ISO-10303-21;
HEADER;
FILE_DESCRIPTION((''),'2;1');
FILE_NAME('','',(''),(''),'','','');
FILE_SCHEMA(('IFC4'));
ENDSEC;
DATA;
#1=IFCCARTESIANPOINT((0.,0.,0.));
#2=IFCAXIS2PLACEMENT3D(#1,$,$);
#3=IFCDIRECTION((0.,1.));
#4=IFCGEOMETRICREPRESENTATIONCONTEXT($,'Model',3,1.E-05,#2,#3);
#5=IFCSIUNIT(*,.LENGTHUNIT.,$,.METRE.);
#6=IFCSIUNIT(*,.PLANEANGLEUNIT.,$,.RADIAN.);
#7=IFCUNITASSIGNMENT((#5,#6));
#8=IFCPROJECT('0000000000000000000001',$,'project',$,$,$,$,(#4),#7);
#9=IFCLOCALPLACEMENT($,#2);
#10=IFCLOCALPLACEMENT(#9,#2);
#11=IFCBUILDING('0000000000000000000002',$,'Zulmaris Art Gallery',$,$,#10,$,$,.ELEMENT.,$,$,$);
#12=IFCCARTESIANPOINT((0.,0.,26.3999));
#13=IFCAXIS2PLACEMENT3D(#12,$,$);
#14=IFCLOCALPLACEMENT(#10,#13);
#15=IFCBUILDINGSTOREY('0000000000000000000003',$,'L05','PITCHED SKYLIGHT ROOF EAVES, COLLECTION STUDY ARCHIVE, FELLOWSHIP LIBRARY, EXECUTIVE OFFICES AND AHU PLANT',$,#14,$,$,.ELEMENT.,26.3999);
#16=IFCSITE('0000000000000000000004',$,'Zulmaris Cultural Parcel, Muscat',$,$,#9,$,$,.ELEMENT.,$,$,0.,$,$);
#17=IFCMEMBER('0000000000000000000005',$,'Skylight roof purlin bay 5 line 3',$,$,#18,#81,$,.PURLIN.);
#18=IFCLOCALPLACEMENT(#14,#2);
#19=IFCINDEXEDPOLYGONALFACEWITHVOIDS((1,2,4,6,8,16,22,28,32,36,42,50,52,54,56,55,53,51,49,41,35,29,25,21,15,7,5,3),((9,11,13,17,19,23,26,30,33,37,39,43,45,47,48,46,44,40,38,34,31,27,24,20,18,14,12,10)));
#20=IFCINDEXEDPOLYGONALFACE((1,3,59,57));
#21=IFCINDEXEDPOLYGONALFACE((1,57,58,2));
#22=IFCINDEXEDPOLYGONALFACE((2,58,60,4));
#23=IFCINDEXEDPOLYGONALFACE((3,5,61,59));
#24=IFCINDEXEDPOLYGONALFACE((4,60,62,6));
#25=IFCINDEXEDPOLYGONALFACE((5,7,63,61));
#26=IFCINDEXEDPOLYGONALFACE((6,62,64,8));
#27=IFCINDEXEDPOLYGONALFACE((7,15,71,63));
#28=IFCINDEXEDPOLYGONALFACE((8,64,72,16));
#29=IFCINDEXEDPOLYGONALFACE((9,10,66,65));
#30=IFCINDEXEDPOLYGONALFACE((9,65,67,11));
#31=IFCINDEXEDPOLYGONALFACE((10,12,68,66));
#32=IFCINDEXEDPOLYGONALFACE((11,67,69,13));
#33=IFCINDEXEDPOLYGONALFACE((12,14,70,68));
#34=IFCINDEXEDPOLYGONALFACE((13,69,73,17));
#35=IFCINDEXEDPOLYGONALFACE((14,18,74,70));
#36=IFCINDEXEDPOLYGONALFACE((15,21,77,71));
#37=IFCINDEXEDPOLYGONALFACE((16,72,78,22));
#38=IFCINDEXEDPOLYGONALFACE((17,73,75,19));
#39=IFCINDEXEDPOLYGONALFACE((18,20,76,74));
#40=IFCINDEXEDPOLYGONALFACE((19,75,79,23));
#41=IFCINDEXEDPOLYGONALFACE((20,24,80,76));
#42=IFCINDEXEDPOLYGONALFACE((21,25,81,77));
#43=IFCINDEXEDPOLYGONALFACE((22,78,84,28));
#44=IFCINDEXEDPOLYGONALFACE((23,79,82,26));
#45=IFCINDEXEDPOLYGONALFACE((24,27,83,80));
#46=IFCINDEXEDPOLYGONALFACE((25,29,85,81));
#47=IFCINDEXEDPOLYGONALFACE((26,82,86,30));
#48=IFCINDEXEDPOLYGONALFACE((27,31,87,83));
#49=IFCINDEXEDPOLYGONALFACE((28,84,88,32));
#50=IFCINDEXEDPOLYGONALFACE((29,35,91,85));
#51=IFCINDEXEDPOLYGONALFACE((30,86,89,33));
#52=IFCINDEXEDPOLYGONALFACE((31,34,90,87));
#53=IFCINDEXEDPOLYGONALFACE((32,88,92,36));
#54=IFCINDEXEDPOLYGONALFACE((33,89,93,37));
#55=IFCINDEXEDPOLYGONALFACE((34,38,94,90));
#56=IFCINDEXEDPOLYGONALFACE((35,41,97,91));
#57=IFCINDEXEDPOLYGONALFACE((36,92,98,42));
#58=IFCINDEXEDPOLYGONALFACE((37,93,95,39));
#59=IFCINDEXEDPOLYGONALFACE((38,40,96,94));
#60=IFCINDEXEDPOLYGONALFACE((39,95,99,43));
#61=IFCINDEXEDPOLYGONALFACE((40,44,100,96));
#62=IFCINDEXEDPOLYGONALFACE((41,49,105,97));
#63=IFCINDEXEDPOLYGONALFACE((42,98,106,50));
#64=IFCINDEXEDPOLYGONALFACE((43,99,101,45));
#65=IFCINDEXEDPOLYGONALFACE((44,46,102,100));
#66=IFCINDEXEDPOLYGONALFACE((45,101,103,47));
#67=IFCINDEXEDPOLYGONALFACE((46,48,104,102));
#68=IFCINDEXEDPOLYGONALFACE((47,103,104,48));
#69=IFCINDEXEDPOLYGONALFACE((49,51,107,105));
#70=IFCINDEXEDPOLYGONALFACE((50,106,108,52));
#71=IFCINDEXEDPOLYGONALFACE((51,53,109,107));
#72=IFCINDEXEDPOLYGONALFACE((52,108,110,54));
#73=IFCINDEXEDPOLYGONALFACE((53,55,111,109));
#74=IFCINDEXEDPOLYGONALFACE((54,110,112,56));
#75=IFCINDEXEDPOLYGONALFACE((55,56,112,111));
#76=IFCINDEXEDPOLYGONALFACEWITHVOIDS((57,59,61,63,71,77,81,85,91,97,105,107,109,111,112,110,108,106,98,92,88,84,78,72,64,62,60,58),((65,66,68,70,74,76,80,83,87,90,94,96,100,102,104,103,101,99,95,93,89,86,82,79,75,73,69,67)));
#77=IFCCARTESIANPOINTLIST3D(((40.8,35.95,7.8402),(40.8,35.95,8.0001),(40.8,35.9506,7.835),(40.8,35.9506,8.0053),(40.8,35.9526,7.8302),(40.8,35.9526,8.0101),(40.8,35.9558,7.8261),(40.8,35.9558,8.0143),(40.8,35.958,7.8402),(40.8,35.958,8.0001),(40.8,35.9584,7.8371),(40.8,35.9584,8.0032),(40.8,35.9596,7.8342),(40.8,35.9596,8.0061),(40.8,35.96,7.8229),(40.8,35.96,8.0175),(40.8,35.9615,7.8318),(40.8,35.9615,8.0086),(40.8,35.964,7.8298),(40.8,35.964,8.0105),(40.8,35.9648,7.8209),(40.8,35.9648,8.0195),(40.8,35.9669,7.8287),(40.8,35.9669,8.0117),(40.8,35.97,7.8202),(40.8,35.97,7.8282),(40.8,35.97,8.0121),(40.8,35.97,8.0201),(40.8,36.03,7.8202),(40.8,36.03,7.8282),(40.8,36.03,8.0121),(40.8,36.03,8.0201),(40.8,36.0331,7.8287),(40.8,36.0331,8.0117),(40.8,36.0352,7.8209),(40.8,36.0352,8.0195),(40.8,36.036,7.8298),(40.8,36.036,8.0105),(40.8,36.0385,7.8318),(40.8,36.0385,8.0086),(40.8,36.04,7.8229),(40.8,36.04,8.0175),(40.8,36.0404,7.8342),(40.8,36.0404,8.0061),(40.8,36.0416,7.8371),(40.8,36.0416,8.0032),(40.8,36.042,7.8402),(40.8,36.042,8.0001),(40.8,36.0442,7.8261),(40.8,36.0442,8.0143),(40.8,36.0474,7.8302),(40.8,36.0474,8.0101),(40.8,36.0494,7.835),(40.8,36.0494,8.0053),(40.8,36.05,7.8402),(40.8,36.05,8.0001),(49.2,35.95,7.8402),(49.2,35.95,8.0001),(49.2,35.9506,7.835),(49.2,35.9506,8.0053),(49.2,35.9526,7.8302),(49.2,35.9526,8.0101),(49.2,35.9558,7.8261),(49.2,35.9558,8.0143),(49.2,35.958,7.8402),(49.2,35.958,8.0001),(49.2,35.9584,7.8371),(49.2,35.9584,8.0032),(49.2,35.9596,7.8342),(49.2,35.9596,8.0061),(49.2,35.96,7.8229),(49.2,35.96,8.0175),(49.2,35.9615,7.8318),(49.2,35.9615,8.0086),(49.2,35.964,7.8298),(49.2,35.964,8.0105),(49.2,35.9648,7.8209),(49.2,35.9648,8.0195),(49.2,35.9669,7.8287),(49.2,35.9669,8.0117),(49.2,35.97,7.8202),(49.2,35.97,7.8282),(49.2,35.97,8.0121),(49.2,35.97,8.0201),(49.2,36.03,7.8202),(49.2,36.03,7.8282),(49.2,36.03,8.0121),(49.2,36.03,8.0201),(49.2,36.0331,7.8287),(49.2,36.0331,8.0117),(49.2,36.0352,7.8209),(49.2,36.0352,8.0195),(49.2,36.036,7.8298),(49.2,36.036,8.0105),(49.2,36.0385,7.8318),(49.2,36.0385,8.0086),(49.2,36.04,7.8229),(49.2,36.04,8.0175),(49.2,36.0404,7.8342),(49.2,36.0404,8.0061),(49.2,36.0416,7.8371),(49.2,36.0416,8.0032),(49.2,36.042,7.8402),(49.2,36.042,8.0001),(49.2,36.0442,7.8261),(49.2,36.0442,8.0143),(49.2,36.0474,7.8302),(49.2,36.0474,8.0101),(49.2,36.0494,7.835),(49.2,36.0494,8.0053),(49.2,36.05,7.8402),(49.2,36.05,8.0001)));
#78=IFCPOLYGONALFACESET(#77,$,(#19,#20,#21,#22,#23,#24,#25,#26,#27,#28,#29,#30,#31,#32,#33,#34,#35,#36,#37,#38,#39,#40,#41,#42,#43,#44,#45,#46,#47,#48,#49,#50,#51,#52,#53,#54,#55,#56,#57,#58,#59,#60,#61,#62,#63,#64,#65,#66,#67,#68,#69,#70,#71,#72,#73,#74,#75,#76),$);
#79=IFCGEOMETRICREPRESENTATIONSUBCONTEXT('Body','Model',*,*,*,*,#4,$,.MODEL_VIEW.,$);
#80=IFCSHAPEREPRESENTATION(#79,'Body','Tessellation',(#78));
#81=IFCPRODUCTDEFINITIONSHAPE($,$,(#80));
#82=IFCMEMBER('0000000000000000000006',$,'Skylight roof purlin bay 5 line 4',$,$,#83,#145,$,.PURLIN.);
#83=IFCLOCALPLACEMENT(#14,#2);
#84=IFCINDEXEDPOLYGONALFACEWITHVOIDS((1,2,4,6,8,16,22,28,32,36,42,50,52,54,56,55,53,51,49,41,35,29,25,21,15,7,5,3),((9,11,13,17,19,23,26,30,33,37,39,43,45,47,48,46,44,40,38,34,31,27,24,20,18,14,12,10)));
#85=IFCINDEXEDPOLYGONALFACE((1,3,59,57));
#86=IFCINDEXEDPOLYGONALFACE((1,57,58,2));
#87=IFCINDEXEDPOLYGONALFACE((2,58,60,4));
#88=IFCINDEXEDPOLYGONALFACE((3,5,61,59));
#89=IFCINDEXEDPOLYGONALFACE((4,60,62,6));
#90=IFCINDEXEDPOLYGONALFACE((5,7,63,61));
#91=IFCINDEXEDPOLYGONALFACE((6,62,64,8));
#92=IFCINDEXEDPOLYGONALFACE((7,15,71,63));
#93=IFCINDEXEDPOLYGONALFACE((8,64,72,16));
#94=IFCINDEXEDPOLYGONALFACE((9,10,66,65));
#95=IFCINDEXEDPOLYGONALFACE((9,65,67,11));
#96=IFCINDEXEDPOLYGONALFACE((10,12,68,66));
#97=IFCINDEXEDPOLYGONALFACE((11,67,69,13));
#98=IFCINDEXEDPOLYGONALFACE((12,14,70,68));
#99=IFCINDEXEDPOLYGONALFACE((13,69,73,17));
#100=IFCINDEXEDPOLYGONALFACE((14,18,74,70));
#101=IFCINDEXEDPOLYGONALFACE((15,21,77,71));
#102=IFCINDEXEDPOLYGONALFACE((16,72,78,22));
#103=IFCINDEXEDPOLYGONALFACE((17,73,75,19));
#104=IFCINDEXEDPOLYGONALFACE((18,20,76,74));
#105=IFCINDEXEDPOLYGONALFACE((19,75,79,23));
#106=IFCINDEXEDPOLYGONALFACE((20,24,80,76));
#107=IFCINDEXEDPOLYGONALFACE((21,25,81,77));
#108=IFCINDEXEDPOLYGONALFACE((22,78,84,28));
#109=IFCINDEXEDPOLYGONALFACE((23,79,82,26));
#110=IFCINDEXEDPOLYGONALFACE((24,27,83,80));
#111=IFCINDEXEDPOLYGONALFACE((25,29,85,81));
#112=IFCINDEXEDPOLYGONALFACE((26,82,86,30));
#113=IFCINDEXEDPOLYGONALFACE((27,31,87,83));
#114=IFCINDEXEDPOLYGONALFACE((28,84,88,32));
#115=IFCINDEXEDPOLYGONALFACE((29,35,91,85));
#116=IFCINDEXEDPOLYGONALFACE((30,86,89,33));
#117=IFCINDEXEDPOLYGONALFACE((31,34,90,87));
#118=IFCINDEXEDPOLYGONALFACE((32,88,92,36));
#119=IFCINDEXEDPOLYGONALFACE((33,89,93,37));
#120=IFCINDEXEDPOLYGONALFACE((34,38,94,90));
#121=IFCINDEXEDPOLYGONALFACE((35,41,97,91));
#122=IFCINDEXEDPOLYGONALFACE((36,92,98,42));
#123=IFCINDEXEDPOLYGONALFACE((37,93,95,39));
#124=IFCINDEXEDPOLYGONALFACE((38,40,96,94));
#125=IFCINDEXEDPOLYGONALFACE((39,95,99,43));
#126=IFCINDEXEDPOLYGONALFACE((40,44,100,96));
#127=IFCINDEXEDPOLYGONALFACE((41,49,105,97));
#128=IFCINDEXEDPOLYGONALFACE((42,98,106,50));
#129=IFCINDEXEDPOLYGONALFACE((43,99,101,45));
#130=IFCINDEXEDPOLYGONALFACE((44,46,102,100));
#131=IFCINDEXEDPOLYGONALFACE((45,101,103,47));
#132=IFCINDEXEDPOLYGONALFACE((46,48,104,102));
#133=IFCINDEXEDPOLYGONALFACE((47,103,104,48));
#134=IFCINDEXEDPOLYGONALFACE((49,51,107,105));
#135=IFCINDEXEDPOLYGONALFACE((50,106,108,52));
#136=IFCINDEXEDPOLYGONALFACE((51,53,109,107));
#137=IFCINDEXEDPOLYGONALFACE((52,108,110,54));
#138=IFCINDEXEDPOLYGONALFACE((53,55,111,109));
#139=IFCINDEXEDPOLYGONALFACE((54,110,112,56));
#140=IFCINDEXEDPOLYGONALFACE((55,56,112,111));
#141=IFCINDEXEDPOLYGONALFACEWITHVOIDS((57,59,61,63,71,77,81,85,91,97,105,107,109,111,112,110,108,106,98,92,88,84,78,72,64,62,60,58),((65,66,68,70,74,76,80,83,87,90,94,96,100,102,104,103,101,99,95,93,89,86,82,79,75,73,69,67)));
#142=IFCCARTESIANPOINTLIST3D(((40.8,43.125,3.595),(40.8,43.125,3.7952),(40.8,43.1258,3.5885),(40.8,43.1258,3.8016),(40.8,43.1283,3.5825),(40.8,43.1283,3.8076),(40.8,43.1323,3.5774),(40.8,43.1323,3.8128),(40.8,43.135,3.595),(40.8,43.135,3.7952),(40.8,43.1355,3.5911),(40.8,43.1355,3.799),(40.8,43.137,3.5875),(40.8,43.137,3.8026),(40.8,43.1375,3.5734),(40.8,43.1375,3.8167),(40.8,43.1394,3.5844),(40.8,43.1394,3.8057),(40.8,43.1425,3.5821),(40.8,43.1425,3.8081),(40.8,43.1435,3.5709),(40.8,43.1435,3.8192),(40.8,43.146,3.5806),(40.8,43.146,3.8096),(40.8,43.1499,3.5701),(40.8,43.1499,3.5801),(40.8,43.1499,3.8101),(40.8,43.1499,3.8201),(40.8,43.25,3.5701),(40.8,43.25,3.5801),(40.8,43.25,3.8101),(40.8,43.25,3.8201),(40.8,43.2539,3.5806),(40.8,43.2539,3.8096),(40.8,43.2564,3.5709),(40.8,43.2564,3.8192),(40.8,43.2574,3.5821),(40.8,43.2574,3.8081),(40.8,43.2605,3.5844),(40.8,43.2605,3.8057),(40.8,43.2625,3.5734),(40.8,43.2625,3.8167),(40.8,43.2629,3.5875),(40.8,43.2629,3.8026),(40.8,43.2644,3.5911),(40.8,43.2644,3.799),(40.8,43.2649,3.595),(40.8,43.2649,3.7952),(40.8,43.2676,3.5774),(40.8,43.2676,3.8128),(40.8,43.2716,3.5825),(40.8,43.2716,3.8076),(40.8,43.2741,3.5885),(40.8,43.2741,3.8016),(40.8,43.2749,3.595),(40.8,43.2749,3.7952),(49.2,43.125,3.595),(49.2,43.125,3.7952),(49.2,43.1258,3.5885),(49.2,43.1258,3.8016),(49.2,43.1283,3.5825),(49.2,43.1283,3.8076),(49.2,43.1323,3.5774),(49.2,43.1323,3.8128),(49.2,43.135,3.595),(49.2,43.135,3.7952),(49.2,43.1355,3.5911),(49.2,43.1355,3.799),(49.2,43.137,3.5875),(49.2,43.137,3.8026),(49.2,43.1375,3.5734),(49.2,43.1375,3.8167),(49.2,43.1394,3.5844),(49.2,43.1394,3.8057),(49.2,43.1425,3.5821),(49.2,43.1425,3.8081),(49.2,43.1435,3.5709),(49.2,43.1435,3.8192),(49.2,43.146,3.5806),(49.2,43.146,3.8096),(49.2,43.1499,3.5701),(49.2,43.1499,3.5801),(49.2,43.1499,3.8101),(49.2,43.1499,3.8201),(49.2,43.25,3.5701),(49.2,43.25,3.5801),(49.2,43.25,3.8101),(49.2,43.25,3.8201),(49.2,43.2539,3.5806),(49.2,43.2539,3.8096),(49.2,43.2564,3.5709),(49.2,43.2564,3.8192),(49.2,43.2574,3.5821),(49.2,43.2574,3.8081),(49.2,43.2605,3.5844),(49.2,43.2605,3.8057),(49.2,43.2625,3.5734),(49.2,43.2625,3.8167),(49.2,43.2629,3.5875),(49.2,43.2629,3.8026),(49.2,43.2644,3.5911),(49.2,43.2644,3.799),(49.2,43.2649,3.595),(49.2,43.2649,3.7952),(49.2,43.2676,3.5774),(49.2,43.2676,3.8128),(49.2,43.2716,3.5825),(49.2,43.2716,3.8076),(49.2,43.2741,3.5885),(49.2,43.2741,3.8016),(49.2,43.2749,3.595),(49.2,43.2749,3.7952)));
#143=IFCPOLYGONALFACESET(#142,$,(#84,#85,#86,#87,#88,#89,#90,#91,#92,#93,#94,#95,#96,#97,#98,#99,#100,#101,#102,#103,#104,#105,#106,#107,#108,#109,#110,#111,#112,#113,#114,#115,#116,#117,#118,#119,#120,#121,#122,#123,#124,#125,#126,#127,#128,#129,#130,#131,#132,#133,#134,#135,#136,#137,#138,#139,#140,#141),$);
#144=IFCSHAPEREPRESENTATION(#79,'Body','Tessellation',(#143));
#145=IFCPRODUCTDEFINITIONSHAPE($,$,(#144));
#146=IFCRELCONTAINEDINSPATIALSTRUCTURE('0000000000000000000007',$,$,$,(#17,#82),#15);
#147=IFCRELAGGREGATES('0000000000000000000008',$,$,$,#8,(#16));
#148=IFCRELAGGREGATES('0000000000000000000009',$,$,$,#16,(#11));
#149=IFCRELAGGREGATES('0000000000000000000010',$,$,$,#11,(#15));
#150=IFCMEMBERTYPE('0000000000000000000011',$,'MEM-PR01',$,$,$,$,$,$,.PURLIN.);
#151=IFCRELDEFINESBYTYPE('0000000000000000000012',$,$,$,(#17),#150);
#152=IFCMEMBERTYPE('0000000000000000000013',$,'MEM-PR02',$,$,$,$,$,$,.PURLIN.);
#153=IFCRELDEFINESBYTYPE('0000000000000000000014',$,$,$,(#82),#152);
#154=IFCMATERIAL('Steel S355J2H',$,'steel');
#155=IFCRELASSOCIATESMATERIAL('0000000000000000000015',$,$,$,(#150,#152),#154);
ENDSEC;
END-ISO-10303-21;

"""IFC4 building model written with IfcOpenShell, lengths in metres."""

from ifc_helpers import new_model, si_unit, direction, frame, origin, origin_2d, place, context, subcontext, project, spatial, hollow_rectangle, extrude, material, material_profile, profile_set, type_object, element, save


model = new_model("IFC4")

# Units and contexts
model_context = context("Model", 3, precision=1e-05, world=origin(), true_north=direction((0.0, 1.0)))
body_context = subcontext(model_context, "Body", "Model", "MODEL_VIEW")
ifc_project = project(units=[si_unit("LENGTHUNIT", "METRE"), si_unit("PLANEANGLEUNIT", "RADIAN")], contexts=[model_context])

# Site, building, storey
site_placement = place(None, origin())
site = spatial("IfcSite", under=ifc_project, at=site_placement, Name="Zulmaris Cultural Parcel, Muscat", CompositionType="ELEMENT", RefElevation=0.0)
building_placement = place(site_placement, origin())
building = spatial("IfcBuilding", under=site, at=building_placement, Name="Zulmaris Art Gallery", CompositionType="ELEMENT")
storey_placement = place(building_placement, frame((0.0, 0.0, 26.3999)))
storey = spatial("IfcBuildingStorey", under=building, at=storey_placement, Name="L05", Description="PITCHED SKYLIGHT ROOF EAVES, COLLECTION STUDY ARCHIVE, FELLOWSHIP LIBRARY, EXECUTIVE OFFICES AND AHU PLANT", CompositionType="ELEMENT", Elevation=26.3999)

# Members
ifc_material_1 = material(Name="Steel S355J2H", Category="steel")
ifc_material_profile_1 = material_profile(ifc_material_1, hollow_rectangle(XDim=0.1001, YDim=0.2, WallThickness=0.0081, InnerFilletRadius=0.012, OuterFilletRadius=0.02, at=origin_2d()), Name="RHS 200x100x8")
ifc_profile_set_1 = profile_set([ifc_material_profile_1], Name="Steel S355J2H")
member_type_1 = type_object("IfcMemberType", Name="MEM-PR01", PredefinedType="PURLIN", material=ifc_profile_set_1)
member_1_placement = place(storey_placement, frame((40.8, 36.0, 7.9202), z_axis=(1.0, 0.0, 0.0), x_axis=(0.0, 1.0, 0.0)))
element("IfcMember", 1, at=member_1_placement, inside=storey, type_object=member_type_1, Name="Skylight roof purlin bay 5 line 3", PredefinedType="PURLIN", context=body_context, shape_type="SweptSolid", body=[
    extrude(hollow_rectangle(XDim=0.1001, YDim=0.2, WallThickness=0.0081, InnerFilletRadius=0.012, OuterFilletRadius=0.02, at=origin_2d()), origin(), (0.0, 0.0, 1.0), 8.3999),
])
ifc_material_profile_2 = material_profile(ifc_material_1, hollow_rectangle(XDim=0.1499, YDim=0.25, WallThickness=0.01, InnerFilletRadius=0.0149, OuterFilletRadius=0.0249, at=origin_2d()), Name="RHS 250x150x10")
ifc_profile_set_2 = profile_set([ifc_material_profile_2], Name="Steel S355J2H")
member_type_2 = type_object("IfcMemberType", Name="MEM-PR02", PredefinedType="PURLIN", material=ifc_profile_set_2)
member_2_placement = place(storey_placement, frame((40.8, 43.2, 3.6951), z_axis=(1.0, 0.0, 0.0), x_axis=(0.0, 1.0, 0.0)))
element("IfcMember", 2, at=member_2_placement, inside=storey, type_object=member_type_2, Name="Skylight roof purlin bay 5 line 4", PredefinedType="PURLIN", context=body_context, shape_type="SweptSolid", body=[
    extrude(hollow_rectangle(XDim=0.1499, YDim=0.25, WallThickness=0.01, InnerFilletRadius=0.0149, OuterFilletRadius=0.0249, at=origin_2d()), origin(), (0.0, 0.0, 1.0), 8.3999),
])

save(model, "model.ifc")
